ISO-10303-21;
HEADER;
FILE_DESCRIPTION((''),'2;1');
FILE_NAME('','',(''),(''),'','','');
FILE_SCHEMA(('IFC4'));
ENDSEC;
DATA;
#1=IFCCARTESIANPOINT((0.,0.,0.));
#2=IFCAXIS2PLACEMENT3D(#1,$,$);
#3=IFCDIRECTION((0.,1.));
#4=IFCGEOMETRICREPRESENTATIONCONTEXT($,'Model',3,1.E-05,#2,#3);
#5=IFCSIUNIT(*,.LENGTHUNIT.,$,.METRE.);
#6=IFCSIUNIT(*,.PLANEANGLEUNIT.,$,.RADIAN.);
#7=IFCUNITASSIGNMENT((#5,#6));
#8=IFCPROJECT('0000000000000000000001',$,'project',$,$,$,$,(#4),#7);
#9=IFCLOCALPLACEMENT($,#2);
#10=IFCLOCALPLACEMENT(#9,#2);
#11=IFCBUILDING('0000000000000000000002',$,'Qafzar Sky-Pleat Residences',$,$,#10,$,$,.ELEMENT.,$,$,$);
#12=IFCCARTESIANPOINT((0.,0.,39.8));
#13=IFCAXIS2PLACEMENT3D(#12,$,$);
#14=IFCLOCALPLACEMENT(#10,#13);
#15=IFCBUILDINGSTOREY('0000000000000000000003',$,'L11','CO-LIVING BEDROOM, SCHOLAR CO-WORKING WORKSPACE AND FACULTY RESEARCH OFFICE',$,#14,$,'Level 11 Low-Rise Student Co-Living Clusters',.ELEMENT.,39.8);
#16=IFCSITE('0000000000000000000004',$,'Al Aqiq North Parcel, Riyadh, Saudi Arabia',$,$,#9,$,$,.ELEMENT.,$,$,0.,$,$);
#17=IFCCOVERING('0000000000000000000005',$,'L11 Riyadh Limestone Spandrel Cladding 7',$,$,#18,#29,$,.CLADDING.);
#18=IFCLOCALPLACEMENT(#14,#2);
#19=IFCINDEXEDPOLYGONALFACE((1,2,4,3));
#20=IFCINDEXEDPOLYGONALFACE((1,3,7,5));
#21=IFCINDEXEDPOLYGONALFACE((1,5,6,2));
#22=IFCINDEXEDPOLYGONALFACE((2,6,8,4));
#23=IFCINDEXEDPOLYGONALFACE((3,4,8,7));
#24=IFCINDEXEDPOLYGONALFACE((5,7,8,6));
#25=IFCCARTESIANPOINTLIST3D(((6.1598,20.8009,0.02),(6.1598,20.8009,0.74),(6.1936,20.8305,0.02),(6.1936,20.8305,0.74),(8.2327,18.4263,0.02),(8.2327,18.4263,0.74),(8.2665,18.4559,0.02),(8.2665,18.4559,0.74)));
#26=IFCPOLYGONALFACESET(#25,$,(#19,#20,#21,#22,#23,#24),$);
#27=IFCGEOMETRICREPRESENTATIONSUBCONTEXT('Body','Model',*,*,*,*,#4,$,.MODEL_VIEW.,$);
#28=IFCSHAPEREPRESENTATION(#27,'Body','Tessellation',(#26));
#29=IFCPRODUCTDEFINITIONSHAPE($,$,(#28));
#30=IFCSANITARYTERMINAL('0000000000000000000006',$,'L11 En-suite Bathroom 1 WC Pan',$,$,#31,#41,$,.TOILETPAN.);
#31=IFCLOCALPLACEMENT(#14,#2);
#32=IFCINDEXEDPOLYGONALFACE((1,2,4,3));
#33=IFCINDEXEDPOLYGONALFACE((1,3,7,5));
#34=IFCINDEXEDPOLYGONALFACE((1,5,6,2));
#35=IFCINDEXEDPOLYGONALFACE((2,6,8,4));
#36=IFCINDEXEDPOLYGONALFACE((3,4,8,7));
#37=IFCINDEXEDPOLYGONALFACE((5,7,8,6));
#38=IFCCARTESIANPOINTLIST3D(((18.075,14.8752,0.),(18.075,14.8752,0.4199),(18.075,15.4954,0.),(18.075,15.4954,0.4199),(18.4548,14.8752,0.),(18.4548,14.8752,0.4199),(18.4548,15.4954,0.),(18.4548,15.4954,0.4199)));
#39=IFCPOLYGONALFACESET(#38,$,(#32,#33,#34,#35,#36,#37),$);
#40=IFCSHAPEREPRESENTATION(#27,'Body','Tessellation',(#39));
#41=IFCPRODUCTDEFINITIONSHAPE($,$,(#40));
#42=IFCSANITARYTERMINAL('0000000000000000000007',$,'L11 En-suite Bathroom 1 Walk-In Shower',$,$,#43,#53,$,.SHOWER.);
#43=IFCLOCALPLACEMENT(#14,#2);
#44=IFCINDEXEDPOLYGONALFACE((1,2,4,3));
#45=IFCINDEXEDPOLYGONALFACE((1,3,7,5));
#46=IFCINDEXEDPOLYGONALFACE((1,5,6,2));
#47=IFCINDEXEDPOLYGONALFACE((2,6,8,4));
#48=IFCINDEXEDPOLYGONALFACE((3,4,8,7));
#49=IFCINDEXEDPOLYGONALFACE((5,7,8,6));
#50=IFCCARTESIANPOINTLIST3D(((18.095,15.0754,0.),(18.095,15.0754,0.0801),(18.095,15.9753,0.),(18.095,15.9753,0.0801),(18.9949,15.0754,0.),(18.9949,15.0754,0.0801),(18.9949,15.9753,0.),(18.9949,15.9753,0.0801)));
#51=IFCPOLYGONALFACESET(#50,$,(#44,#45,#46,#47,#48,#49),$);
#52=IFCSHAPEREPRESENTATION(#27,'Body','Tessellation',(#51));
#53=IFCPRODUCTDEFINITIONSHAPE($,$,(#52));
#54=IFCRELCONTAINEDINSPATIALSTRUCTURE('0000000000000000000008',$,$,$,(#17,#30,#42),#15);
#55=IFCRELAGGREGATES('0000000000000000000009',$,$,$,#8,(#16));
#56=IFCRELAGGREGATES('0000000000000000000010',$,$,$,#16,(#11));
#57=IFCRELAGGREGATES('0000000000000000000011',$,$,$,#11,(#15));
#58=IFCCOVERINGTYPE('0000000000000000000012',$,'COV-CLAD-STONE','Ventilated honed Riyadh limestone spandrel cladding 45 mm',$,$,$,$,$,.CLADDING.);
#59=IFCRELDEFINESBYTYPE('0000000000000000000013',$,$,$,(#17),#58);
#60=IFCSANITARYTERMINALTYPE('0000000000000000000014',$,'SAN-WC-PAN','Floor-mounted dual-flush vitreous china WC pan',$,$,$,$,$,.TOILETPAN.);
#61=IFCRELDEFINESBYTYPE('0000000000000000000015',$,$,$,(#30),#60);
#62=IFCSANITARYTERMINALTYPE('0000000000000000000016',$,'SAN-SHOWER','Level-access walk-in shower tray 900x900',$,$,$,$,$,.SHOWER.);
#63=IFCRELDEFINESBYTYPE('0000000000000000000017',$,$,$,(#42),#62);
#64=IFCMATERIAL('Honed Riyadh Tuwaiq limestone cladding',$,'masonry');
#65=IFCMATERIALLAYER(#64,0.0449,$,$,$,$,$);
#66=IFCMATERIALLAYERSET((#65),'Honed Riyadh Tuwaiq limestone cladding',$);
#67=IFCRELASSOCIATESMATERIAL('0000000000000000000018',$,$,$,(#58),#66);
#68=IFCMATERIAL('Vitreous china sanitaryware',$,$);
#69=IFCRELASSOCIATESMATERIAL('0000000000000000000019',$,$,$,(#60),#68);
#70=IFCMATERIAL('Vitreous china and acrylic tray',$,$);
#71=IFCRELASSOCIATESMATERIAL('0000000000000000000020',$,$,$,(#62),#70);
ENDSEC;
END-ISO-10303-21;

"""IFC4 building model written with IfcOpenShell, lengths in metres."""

from ifc_helpers import new_model, si_unit, direction, frame, origin, origin_2d, place, context, subcontext, project, spatial, rectangle, extrude, source, transform, mapped, material, layer, layer_set, type_object, element, save


model = new_model("IFC4")

# Units and contexts
model_context = context("Model", 3, precision=1e-05, world=origin(), true_north=direction((0.0, 1.0)))
body_context = subcontext(model_context, "Body", "Model", "MODEL_VIEW")
ifc_project = project(units=[si_unit("LENGTHUNIT", "METRE"), si_unit("PLANEANGLEUNIT", "RADIAN")], contexts=[model_context])

# Site, building, storey
site_placement = place(None, origin())
site = spatial("IfcSite", under=ifc_project, at=site_placement, Name="Al Aqiq North Parcel, Riyadh, Saudi Arabia", CompositionType="ELEMENT", RefElevation=0.0)
building_placement = place(site_placement, origin())
building = spatial("IfcBuilding", under=site, at=building_placement, Name="Qafzar Sky-Pleat Residences", CompositionType="ELEMENT")
storey_placement = place(building_placement, frame((0.0, 0.0, 39.8)))
storey = spatial("IfcBuildingStorey", under=building, at=storey_placement, Name="L11", Description="CO-LIVING BEDROOM, SCHOLAR CO-WORKING WORKSPACE AND FACULTY RESEARCH OFFICE", LongName="Level 11 Low-Rise Student Co-Living Clusters", CompositionType="ELEMENT", Elevation=39.8)

# Covering
ifc_material_1 = material(Name="Honed Riyadh Tuwaiq limestone cladding", Category="masonry")
ifc_layer_1 = layer(ifc_material_1, 0.0449)
ifc_layer_set_1 = layer_set([ifc_layer_1], Name="Honed Riyadh Tuwaiq limestone cladding")
covering_type = type_object("IfcCoveringType", Name="COV-CLAD-STONE", Description="Ventilated honed Riyadh limestone spandrel cladding 45 mm", PredefinedType="CLADDING", material=ifc_layer_set_1)
shared_shape_1 = source(origin(), body_context, "Body", "SweptSolid", [
    extrude(rectangle(XDim=3.1521, YDim=0.0449, at=origin_2d()), origin(), (0.0, 0.0, 1.0), 0.72),
])
covering_placement = place(storey_placement, frame((7.2131, 19.6284, 0.02), z_axis=(0.0, 0.0, 1.0), x_axis=(0.657633, -0.753338, 0.0)))
element("IfcCovering", 1, at=covering_placement, inside=storey, type_object=covering_type, Name="L11 Riyadh Limestone Spandrel Cladding 7", PredefinedType="CLADDING", context=body_context, shape_type="MappedRepresentation", body=[
    mapped(shared_shape_1, transform((0.0, 0.0, 0.0), x_axis=(1.0, 0.0, 0.0), y_axis=(0.0, 1.0, 0.0), z_axis=(0.0, 0.0, 1.0), scale=1.0)),
])

# Sanitary terminals
ifc_material_2 = material(Name="Vitreous china sanitaryware")
sanitary_terminal_type_1 = type_object("IfcSanitaryTerminalType", Name="SAN-WC-PAN", Description="Floor-mounted dual-flush vitreous china WC pan", PredefinedType="TOILETPAN", material=ifc_material_2)
shared_shape_2 = source(origin(), body_context, "Body", "SweptSolid", [
    extrude(rectangle(XDim=0.3799, YDim=0.6201, at=origin_2d()), origin(), (0.0, 0.0, 1.0), 0.4199),
])
sanitary_terminal_1_placement = place(storey_placement, frame((18.2649, 15.1853, 0.0), z_axis=(0.0, 0.0, 1.0), x_axis=(1.0, 0.0, 0.0)))
element("IfcSanitaryTerminal", 2, at=sanitary_terminal_1_placement, inside=storey, type_object=sanitary_terminal_type_1, Name="L11 En-suite Bathroom 1 WC Pan", PredefinedType="TOILETPAN", context=body_context, shape_type="MappedRepresentation", body=[
    mapped(shared_shape_2, transform((0.0, 0.0, 0.0), x_axis=(1.0, 0.0, 0.0), y_axis=(0.0, 1.0, 0.0), z_axis=(0.0, 0.0, 1.0), scale=1.0)),
])
ifc_material_3 = material(Name="Vitreous china and acrylic tray")
sanitary_terminal_type_2 = type_object("IfcSanitaryTerminalType", Name="SAN-SHOWER", Description="Level-access walk-in shower tray 900x900", PredefinedType="SHOWER", material=ifc_material_3)
shared_shape_3 = source(origin(), body_context, "Body", "SweptSolid", [
    extrude(rectangle(XDim=0.8999, YDim=0.8999, at=origin_2d()), origin(), (0.0, 0.0, 1.0), 0.0801),
])
sanitary_terminal_2_placement = place(storey_placement, frame((18.5449, 15.5254, 0.0), z_axis=(0.0, 0.0, 1.0), x_axis=(1.0, 0.0, 0.0)))
element("IfcSanitaryTerminal", 3, at=sanitary_terminal_2_placement, inside=storey, type_object=sanitary_terminal_type_2, Name="L11 En-suite Bathroom 1 Walk-In Shower", PredefinedType="SHOWER", context=body_context, shape_type="MappedRepresentation", body=[
    mapped(shared_shape_3, transform((0.0, 0.0, 0.0), x_axis=(1.0, 0.0, 0.0), y_axis=(0.0, 1.0, 0.0), z_axis=(0.0, 0.0, 1.0), scale=1.0)),
])

save(model, "model.ifc")
